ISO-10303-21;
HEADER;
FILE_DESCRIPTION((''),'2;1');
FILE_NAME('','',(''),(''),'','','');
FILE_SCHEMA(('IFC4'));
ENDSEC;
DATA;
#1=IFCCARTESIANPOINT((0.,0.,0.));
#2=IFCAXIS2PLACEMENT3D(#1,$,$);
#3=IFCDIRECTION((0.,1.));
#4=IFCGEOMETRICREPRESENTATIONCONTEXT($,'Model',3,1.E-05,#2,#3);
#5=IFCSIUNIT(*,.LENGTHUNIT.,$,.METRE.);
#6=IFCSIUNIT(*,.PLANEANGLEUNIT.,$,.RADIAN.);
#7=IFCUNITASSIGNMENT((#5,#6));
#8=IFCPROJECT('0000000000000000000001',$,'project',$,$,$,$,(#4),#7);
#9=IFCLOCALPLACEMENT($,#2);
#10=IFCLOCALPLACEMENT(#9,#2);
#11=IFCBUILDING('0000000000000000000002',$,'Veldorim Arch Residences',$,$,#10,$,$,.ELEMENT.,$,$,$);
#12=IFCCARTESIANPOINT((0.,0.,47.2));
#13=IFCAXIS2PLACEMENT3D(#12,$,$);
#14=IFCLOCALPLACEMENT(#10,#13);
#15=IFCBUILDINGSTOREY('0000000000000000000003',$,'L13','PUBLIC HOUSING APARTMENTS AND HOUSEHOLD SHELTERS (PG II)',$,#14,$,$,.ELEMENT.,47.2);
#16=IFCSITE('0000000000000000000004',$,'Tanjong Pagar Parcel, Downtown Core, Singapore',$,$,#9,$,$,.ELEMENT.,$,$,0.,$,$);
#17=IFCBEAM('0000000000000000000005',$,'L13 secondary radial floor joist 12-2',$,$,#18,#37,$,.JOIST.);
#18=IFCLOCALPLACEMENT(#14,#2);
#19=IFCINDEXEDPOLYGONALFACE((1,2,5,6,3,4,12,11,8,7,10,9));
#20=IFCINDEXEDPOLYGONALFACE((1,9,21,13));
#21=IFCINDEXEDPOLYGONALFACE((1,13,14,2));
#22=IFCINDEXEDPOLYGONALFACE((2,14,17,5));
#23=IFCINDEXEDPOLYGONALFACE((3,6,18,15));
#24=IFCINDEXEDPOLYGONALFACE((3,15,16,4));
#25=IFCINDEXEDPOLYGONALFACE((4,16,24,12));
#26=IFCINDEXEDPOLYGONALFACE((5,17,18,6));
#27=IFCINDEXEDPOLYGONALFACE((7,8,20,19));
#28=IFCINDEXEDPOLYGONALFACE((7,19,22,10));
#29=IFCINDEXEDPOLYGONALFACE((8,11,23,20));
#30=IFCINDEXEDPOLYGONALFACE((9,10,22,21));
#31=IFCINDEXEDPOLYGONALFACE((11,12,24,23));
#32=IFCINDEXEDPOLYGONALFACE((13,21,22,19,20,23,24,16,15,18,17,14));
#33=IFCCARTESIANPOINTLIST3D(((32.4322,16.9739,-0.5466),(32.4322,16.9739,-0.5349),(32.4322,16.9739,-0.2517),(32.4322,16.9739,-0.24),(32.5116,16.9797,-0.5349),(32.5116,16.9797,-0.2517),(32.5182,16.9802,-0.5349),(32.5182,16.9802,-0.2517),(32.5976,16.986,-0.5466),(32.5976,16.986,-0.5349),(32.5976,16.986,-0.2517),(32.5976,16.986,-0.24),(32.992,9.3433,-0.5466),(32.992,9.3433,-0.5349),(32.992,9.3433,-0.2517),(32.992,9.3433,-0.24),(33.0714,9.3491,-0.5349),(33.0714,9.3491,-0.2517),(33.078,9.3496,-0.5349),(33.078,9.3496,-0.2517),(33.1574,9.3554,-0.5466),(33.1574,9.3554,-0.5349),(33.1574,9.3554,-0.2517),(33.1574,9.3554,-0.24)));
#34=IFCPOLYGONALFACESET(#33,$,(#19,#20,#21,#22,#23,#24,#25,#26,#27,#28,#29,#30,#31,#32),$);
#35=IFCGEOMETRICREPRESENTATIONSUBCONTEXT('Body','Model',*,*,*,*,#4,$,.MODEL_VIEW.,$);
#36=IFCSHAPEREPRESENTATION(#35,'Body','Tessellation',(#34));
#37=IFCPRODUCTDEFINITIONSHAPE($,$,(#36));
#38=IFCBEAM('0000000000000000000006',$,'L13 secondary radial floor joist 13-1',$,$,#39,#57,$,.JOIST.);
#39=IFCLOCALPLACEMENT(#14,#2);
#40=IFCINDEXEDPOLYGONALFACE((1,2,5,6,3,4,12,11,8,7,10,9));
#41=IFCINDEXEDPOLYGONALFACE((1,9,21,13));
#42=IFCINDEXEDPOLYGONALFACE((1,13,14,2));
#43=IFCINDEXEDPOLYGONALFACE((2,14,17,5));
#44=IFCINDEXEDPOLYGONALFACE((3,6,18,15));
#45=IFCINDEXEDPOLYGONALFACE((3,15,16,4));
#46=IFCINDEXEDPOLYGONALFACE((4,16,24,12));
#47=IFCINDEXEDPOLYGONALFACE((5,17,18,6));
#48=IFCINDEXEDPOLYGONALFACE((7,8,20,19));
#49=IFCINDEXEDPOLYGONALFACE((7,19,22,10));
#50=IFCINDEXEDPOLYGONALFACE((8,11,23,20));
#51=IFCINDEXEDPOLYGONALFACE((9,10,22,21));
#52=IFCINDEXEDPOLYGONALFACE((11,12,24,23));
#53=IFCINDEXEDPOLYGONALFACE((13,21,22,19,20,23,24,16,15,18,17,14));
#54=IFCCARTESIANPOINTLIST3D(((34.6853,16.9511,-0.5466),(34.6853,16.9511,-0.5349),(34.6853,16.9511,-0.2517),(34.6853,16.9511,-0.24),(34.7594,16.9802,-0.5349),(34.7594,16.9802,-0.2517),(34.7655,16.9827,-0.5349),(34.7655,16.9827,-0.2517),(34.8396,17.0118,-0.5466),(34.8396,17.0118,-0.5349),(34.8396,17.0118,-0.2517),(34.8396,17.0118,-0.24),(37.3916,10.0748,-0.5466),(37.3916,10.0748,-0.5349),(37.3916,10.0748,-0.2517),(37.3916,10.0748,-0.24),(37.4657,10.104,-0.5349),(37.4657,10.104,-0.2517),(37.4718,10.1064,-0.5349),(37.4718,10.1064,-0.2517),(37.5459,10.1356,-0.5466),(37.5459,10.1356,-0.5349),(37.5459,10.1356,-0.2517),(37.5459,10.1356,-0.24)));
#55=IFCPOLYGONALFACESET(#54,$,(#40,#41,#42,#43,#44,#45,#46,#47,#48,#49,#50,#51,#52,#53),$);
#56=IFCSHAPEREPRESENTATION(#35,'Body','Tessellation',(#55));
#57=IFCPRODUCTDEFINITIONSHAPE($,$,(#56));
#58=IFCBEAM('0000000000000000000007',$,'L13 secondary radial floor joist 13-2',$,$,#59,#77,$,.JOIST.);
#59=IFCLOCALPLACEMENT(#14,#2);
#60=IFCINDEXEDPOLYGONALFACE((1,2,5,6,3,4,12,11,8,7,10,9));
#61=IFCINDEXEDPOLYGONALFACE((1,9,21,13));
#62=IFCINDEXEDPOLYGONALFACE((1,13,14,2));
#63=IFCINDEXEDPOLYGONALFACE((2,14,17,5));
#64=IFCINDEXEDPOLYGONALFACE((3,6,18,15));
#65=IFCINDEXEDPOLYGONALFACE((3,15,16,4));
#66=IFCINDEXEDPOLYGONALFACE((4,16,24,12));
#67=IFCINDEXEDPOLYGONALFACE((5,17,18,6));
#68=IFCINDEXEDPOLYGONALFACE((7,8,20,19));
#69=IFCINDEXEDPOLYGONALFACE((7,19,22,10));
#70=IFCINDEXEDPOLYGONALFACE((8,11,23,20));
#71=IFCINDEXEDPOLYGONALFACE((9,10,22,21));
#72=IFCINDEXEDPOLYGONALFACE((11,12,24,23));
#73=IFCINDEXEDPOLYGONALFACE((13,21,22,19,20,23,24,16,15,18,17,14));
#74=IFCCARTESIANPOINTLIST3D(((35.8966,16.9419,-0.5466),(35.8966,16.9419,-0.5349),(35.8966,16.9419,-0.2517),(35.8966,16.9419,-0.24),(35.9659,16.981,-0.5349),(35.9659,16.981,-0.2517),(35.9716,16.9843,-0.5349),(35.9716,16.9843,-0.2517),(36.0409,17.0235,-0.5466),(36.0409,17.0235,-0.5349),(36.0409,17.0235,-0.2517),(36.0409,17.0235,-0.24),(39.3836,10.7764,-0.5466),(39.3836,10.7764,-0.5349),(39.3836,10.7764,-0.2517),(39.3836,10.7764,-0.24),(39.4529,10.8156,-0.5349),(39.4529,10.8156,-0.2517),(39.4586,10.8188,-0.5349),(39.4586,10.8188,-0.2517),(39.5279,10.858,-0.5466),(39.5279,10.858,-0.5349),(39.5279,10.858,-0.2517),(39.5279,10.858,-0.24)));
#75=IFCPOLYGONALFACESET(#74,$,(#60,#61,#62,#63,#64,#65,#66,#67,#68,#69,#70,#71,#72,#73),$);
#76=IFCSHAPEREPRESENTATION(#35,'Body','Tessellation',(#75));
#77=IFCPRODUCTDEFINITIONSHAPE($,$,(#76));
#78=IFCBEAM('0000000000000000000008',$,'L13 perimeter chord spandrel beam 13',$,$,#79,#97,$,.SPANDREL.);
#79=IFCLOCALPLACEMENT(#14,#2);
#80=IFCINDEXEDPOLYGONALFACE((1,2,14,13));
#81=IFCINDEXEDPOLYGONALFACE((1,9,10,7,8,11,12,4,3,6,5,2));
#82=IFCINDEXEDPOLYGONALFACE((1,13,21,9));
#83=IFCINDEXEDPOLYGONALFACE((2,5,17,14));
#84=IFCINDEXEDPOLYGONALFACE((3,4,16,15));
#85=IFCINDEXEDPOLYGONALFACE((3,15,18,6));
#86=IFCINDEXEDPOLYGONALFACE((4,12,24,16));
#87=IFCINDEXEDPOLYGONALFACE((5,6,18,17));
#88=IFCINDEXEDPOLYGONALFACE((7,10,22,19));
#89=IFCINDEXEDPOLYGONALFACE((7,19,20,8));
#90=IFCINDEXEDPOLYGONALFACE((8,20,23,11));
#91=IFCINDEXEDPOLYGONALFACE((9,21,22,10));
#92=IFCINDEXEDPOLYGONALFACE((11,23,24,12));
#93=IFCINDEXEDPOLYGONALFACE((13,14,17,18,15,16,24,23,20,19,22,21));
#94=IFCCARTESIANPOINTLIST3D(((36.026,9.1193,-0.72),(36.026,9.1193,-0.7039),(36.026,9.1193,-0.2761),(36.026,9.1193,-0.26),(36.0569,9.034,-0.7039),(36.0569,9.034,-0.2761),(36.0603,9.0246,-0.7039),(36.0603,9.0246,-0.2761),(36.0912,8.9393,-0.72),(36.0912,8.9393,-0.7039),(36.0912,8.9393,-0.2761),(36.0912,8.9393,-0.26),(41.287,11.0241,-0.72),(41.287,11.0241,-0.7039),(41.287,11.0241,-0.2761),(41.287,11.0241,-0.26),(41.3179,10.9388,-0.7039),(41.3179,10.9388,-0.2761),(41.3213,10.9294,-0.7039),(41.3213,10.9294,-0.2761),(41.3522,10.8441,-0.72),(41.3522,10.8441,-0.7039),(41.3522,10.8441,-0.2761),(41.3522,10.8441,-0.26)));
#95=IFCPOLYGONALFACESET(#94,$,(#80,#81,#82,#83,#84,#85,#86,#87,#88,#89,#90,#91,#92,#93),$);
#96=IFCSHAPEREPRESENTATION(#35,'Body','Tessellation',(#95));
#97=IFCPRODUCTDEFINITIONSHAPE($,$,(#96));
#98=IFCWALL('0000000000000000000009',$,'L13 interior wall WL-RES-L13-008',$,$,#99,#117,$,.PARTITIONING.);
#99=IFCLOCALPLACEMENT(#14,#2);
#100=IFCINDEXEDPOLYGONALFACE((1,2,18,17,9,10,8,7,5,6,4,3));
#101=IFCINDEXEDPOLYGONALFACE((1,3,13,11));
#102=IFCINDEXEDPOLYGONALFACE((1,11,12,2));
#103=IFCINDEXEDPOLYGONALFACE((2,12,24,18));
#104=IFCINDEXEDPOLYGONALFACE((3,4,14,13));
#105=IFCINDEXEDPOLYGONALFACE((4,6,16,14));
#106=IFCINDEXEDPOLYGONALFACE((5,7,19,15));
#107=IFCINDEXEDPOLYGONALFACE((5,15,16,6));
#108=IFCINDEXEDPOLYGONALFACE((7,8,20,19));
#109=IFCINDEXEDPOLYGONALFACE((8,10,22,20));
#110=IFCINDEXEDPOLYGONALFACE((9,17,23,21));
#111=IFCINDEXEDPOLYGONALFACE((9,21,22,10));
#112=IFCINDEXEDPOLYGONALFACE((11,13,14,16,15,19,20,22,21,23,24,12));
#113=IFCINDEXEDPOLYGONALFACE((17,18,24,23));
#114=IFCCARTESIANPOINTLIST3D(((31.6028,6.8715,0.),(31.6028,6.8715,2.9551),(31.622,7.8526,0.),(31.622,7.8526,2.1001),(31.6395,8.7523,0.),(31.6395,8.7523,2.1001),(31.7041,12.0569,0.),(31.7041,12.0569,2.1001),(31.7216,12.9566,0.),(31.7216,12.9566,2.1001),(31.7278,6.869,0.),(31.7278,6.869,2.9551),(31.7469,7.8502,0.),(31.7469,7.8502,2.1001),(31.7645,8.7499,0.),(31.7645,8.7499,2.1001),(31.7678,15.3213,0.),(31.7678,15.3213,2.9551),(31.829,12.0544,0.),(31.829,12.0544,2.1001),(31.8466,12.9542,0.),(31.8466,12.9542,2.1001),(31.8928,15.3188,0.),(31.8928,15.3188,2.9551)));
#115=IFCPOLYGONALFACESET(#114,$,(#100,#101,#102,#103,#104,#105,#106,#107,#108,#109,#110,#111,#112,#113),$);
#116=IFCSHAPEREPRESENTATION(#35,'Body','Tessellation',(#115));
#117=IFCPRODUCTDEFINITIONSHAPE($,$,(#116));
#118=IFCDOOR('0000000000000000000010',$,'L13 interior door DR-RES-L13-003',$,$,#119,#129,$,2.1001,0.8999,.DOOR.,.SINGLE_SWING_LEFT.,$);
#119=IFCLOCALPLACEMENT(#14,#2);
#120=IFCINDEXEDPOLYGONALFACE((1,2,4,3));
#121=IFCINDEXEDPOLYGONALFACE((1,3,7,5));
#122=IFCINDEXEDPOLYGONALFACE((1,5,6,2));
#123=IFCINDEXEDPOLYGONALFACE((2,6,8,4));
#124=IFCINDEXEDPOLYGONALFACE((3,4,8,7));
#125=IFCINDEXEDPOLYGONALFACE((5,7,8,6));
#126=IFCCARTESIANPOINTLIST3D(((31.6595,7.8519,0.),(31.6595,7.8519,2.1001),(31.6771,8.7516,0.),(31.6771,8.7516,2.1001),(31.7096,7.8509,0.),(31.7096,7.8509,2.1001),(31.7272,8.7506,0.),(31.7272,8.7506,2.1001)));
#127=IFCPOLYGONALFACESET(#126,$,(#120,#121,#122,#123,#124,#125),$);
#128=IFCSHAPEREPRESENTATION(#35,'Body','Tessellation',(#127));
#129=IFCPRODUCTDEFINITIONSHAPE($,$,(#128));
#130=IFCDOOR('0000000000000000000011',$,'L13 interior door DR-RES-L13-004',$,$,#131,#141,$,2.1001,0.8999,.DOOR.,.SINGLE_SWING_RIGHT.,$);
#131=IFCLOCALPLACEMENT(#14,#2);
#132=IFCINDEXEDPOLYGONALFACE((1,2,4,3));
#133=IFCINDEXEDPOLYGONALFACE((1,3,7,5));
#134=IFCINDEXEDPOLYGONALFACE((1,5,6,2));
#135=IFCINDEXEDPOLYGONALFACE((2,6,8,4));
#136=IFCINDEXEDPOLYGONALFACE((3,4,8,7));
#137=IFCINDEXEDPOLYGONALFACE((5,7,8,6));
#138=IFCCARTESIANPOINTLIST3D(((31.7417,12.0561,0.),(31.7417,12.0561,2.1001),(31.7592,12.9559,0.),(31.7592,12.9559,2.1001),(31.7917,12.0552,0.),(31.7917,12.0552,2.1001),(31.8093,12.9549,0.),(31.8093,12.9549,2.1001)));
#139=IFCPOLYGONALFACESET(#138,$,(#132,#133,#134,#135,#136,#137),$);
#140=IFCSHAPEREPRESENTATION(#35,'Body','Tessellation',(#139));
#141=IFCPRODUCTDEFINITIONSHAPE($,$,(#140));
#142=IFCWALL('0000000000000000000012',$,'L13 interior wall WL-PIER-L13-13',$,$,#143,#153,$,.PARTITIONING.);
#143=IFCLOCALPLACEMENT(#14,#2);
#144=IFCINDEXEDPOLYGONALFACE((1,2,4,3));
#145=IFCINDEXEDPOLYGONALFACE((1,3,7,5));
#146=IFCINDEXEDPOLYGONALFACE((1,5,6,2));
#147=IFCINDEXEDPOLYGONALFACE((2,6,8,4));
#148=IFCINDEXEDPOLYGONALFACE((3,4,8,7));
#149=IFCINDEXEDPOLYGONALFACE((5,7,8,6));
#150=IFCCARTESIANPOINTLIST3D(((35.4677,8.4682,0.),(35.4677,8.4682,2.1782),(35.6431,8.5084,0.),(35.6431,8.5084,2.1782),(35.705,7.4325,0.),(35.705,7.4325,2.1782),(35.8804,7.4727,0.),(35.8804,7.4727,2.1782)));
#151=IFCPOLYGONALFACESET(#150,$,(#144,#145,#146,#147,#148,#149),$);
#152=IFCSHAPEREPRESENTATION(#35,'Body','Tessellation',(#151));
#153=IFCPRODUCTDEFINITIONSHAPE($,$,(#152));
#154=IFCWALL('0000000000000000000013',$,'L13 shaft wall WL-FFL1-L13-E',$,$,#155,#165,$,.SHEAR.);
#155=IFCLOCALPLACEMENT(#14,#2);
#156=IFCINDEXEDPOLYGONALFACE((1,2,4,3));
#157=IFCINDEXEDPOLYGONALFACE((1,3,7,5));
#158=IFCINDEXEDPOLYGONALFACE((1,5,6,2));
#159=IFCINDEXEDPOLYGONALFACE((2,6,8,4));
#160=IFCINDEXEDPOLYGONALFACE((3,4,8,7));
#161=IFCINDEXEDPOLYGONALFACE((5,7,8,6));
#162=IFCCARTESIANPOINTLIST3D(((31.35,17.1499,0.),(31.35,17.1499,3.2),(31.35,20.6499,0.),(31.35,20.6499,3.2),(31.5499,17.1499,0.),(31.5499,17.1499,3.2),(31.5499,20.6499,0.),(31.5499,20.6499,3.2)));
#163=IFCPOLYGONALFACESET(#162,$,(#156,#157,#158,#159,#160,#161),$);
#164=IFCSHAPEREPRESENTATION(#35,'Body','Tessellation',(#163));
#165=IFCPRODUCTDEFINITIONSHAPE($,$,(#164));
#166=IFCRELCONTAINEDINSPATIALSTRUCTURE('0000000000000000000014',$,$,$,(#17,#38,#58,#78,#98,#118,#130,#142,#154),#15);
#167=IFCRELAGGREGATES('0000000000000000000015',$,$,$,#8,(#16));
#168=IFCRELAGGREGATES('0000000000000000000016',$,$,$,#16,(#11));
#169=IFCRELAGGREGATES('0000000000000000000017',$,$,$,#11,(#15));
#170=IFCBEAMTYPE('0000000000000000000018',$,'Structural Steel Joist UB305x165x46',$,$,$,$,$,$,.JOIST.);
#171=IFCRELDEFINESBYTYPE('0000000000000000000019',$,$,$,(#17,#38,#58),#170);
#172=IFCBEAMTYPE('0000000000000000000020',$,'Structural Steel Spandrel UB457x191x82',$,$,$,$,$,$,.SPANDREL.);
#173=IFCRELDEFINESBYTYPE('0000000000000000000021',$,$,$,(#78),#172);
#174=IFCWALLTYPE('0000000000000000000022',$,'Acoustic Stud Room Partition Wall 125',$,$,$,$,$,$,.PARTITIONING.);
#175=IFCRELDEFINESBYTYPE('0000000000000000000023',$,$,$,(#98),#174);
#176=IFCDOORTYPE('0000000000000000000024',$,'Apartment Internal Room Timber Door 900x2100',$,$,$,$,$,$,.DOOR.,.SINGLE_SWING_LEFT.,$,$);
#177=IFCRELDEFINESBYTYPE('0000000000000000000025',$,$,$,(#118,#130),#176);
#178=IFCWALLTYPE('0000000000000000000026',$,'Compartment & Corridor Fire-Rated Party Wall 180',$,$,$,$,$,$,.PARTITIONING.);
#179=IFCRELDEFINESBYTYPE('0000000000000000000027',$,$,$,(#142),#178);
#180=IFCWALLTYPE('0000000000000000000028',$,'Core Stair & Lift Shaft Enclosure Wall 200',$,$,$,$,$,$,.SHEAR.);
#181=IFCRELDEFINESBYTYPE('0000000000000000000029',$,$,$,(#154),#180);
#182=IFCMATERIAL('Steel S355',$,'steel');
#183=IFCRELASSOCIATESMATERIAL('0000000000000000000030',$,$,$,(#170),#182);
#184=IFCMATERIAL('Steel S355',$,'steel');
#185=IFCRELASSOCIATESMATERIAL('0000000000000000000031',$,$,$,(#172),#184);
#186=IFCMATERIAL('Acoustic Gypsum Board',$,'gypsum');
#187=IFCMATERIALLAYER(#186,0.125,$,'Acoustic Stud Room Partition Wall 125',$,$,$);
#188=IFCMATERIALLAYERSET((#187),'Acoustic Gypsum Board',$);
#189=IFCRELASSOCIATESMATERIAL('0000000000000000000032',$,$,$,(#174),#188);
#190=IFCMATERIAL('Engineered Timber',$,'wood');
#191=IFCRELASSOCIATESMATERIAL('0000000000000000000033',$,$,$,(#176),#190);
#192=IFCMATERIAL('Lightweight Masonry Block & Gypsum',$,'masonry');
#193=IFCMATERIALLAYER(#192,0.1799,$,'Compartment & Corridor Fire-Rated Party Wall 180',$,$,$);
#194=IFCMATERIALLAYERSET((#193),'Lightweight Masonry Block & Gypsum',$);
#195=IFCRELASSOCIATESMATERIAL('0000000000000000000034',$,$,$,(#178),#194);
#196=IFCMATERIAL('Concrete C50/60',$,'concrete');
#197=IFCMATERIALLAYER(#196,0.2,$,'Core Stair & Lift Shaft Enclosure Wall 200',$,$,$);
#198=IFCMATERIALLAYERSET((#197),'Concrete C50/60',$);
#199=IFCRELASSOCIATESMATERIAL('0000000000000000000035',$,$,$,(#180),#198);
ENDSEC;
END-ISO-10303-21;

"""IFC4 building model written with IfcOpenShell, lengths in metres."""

from ifc_helpers import new_model, si_unit, direction, frame, frame_2d, origin, origin_2d, place, context, subcontext, project, spatial, rectangle, i_section, extrude, material, layer, layer_set, material_profile, profile_set, type_object, element, fill, save


model = new_model("IFC4")

# Units and contexts
model_context = context("Model", 3, precision=1e-05, world=origin(), true_north=direction((0.0, 1.0)))
body_context = subcontext(model_context, "Body", "Model", "MODEL_VIEW")
ifc_project = project(units=[si_unit("LENGTHUNIT", "METRE"), si_unit("PLANEANGLEUNIT", "RADIAN")], contexts=[model_context])

# Site, building, storey
site_placement = place(None, origin())
site = spatial("IfcSite", under=ifc_project, at=site_placement, Name="Tanjong Pagar Parcel, Downtown Core, Singapore", CompositionType="ELEMENT", RefElevation=0.0)
building_placement = place(site_placement, origin())
building = spatial("IfcBuilding", under=site, at=building_placement, Name="Veldorim Arch Residences", CompositionType="ELEMENT")
storey_placement = place(building_placement, frame((0.0, 0.0, 47.2)))
storey = spatial("IfcBuildingStorey", under=building, at=storey_placement, Name="L13", Description="PUBLIC HOUSING APARTMENTS AND HOUSEHOLD SHELTERS (PG II)", CompositionType="ELEMENT", Elevation=47.2)

# Beams
ifc_material_1 = material(Name="Steel S355", Category="steel")
ifc_material_profile_1 = material_profile(ifc_material_1, i_section(OverallWidth=0.1658, OverallDepth=0.3066, WebThickness=0.0066, FlangeThickness=0.0117, at=origin_2d()), Name="UB305x165x46")
ifc_profile_set_1 = profile_set([ifc_material_profile_1], Name="Steel S355")
beam_type_1 = type_object("IfcBeamType", Name="Structural Steel Joist UB305x165x46", PredefinedType="JOIST", material=ifc_profile_set_1)
for number, where, z_axis, x_axis, name in (
    (1, (32.5149, 16.98, -0.3933), (0.073168, -0.99732, 0.0), (0.99732, 0.073168, 0.0), "L13 secondary radial floor joist 12-2"),
):
    element("IfcBeam", number, at=place(storey_placement, frame(where, z_axis=z_axis, x_axis=x_axis)), inside=storey, type_object=beam_type_1, Name=name, PredefinedType="JOIST", context=body_context, shape_type="SweptSolid", body=[
        extrude(i_section(OverallWidth=0.1658, OverallDepth=0.3066, WebThickness=0.0066, FlangeThickness=0.0117, at=origin_2d()), origin(), (0.0, 0.0, 1.0), 7.6511),
    ])
beam_1_placement = place(storey_placement, frame((34.7625, 16.9814, -0.3933), z_axis=(0.36623, -0.930524, 0.0), x_axis=(0.930524, 0.36623, 0.0)))
element("IfcBeam", 2, at=beam_1_placement, inside=storey, type_object=beam_type_1, Name="L13 secondary radial floor joist 13-1", PredefinedType="JOIST", context=body_context, shape_type="SweptSolid", body=[
    extrude(i_section(OverallWidth=0.1658, OverallDepth=0.3066, WebThickness=0.0066, FlangeThickness=0.0117, at=origin_2d()), origin(), (0.0, 0.0, 1.0), 7.3896),
])
beam_2_placement = place(storey_placement, frame((35.9688, 16.9827, -0.3933), z_axis=(0.492292, -0.87043, 0.0), x_axis=(0.87043, 0.492292, 0.0)))
element("IfcBeam", 3, at=beam_2_placement, inside=storey, type_object=beam_type_1, Name="L13 secondary radial floor joist 13-2", PredefinedType="JOIST", context=body_context, shape_type="SweptSolid", body=[
    extrude(i_section(OverallWidth=0.1658, OverallDepth=0.3066, WebThickness=0.0066, FlangeThickness=0.0117, at=origin_2d()), origin(), (0.0, 0.0, 1.0), 7.0833),
])
ifc_material_2 = material(Name="Steel S355", Category="steel")
ifc_material_profile_2 = material_profile(ifc_material_2, i_section(OverallWidth=0.1914, OverallDepth=0.46, WebThickness=0.01, FlangeThickness=0.0161, at=origin_2d()), Name="UB457x191x82")
ifc_profile_set_2 = profile_set([ifc_material_profile_2], Name="Steel S355")
beam_type_2 = type_object("IfcBeamType", Name="Structural Steel Spandrel UB457x191x82", PredefinedType="SPANDREL", material=ifc_profile_set_2)
beam_3_placement = place(storey_placement, frame((36.0586, 9.0293, -0.49), z_axis=(0.940269, 0.340432, 0.0), x_axis=(-0.340432, 0.940269, 0.0)))
element("IfcBeam", 4, at=beam_3_placement, inside=storey, type_object=beam_type_2, Name="L13 perimeter chord spandrel beam 13", PredefinedType="SPANDREL", context=body_context, shape_type="SweptSolid", body=[
    extrude(i_section(OverallWidth=0.1914, OverallDepth=0.46, WebThickness=0.01, FlangeThickness=0.0161, at=origin_2d()), origin(), (0.0, 0.0, 1.0), 5.5952),
])

# Wall, openings, doors
ifc_material_3 = material(Name="Acoustic Gypsum Board", Category="gypsum")
ifc_layer_1 = layer(ifc_material_3, 0.125, Name="Acoustic Stud Room Partition Wall 125")
ifc_layer_set_1 = layer_set([ifc_layer_1], Name="Acoustic Gypsum Board")
wall_type_1 = type_object("IfcWallType", Name="Acoustic Stud Room Partition Wall 125", PredefinedType="PARTITIONING", material=ifc_layer_set_1)
wall_1_placement = place(storey_placement, frame((31.6653, 6.8704, 0.0), z_axis=(0.0, 0.0, 1.0), x_axis=(0.019528, 0.999809, 0.0)))
wall_1 = element("IfcWall", 5, at=wall_1_placement, inside=storey, type_object=wall_type_1, Name="L13 interior wall WL-RES-L13-008", PredefinedType="PARTITIONING", context=body_context, shape_type="SweptSolid", body=[
    extrude(rectangle(XDim=8.4514, YDim=0.125, at=frame_2d((4.2256, 0.0))), origin(), (0.0, 0.0, 1.0), 2.9551),
])
opening_1_placement = place(wall_1_placement, frame((0.9812, 0.0, 0.0)))
opening_1 = element("IfcOpeningElement", 6, at=opening_1_placement, cuts=wall_1, PredefinedType="OPENING", context=body_context, shape_type="SweptSolid", body=[
    extrude(rectangle(XDim=0.8999, YDim=2.1001, at=frame_2d((0.45, 1.05))), frame((0.0, 0.0725, 0.0), z_axis=(0.0, -1.0, 0.0), x_axis=(1.0, 0.0, 0.0)), (0.0, 0.0, 1.0), 0.145),
])
opening_2_placement = place(wall_1_placement, frame((5.1863, 0.0, 0.0)))
opening_2 = element("IfcOpeningElement", 7, at=opening_2_placement, cuts=wall_1, PredefinedType="OPENING", context=body_context, shape_type="SweptSolid", body=[
    extrude(rectangle(XDim=0.8999, YDim=2.1001, at=frame_2d((0.45, 1.05))), frame((0.0, 0.0725, 0.0), z_axis=(0.0, -1.0, 0.0), x_axis=(1.0, 0.0, 0.0)), (0.0, 0.0, 1.0), 0.145),
])
ifc_material_4 = material(Name="Engineered Timber", Category="wood")
door_type_1 = type_object("IfcDoorType", Name="Apartment Internal Room Timber Door 900x2100", OperationType="SINGLE_SWING_LEFT", PredefinedType="DOOR", material=ifc_material_4)
door_1_placement = place(opening_1_placement, origin())
door_1 = element("IfcDoor", 8, at=door_1_placement, inside=storey, type_object=door_type_1, Name="L13 interior door DR-RES-L13-003", OperationType="SINGLE_SWING_LEFT", OverallHeight=2.1001, OverallWidth=0.8999, PredefinedType="DOOR", context=body_context, shape_type="SweptSolid", body=[
    extrude(rectangle(XDim=0.8999, YDim=2.1001, at=frame_2d((0.45, 1.05))), frame((0.0, 0.0249, 0.0), z_axis=(0.0, -1.0, 0.0), x_axis=(1.0, 0.0, 0.0)), (0.0, 0.0, 1.0), 0.05),
])
fill(opening_1, door_1)
door_2_placement = place(opening_2_placement, origin())
door_2 = element("IfcDoor", 9, at=door_2_placement, inside=storey, type_object=door_type_1, Name="L13 interior door DR-RES-L13-004", OperationType="SINGLE_SWING_RIGHT", OverallHeight=2.1001, OverallWidth=0.8999, PredefinedType="DOOR", context=body_context, shape_type="SweptSolid", body=[
    extrude(rectangle(XDim=0.8999, YDim=2.1001, at=frame_2d((0.45, 1.05))), frame((0.0, 0.0249, 0.0), z_axis=(0.0, -1.0, 0.0), x_axis=(1.0, 0.0, 0.0)), (0.0, 0.0, 1.0), 0.05),
])
fill(opening_2, door_2)

# Walls
ifc_material_5 = material(Name="Lightweight Masonry Block & Gypsum", Category="masonry")
ifc_layer_2 = layer(ifc_material_5, 0.1799, Name="Compartment & Corridor Fire-Rated Party Wall 180")
ifc_layer_set_2 = layer_set([ifc_layer_2], Name="Lightweight Masonry Block & Gypsum")
wall_type_2 = type_object("IfcWallType", Name="Compartment & Corridor Fire-Rated Party Wall 180", PredefinedType="PARTITIONING", material=ifc_layer_set_2)
wall_2_placement = place(storey_placement, frame((35.5554, 8.4883, 0.0), z_axis=(0.0, 0.0, 1.0), x_axis=(0.223349, -0.974739, 0.0)))
element("IfcWall", 10, at=wall_2_placement, inside=storey, type_object=wall_type_2, Name="L13 interior wall WL-PIER-L13-13", PredefinedType="PARTITIONING", context=body_context, shape_type="SweptSolid", body=[
    extrude(rectangle(XDim=1.0625, YDim=0.1799, at=frame_2d((0.5312, 0.0))), origin(), (0.0, 0.0, 1.0), 2.1782),
])
ifc_material_6 = material(Name="Concrete C50/60", Category="concrete")
ifc_layer_3 = layer(ifc_material_6, 0.2, Name="Core Stair & Lift Shaft Enclosure Wall 200")
ifc_layer_set_3 = layer_set([ifc_layer_3], Name="Concrete C50/60")
wall_type_3 = type_object("IfcWallType", Name="Core Stair & Lift Shaft Enclosure Wall 200", PredefinedType="SHEAR", material=ifc_layer_set_3)
wall_3_placement = place(storey_placement, frame((31.45, 17.1499, 0.0), z_axis=(0.0, 0.0, 1.0), x_axis=(0.0, 1.0, 0.0)))
element("IfcWall", 11, at=wall_3_placement, inside=storey, type_object=wall_type_3, Name="L13 shaft wall WL-FFL1-L13-E", PredefinedType="SHEAR", context=body_context, shape_type="SweptSolid", body=[
    extrude(rectangle(XDim=3.5, YDim=0.2, at=frame_2d((1.75, 0.0))), origin(), (0.0, 0.0, 1.0), 3.2),
])

save(model, "model.ifc")
